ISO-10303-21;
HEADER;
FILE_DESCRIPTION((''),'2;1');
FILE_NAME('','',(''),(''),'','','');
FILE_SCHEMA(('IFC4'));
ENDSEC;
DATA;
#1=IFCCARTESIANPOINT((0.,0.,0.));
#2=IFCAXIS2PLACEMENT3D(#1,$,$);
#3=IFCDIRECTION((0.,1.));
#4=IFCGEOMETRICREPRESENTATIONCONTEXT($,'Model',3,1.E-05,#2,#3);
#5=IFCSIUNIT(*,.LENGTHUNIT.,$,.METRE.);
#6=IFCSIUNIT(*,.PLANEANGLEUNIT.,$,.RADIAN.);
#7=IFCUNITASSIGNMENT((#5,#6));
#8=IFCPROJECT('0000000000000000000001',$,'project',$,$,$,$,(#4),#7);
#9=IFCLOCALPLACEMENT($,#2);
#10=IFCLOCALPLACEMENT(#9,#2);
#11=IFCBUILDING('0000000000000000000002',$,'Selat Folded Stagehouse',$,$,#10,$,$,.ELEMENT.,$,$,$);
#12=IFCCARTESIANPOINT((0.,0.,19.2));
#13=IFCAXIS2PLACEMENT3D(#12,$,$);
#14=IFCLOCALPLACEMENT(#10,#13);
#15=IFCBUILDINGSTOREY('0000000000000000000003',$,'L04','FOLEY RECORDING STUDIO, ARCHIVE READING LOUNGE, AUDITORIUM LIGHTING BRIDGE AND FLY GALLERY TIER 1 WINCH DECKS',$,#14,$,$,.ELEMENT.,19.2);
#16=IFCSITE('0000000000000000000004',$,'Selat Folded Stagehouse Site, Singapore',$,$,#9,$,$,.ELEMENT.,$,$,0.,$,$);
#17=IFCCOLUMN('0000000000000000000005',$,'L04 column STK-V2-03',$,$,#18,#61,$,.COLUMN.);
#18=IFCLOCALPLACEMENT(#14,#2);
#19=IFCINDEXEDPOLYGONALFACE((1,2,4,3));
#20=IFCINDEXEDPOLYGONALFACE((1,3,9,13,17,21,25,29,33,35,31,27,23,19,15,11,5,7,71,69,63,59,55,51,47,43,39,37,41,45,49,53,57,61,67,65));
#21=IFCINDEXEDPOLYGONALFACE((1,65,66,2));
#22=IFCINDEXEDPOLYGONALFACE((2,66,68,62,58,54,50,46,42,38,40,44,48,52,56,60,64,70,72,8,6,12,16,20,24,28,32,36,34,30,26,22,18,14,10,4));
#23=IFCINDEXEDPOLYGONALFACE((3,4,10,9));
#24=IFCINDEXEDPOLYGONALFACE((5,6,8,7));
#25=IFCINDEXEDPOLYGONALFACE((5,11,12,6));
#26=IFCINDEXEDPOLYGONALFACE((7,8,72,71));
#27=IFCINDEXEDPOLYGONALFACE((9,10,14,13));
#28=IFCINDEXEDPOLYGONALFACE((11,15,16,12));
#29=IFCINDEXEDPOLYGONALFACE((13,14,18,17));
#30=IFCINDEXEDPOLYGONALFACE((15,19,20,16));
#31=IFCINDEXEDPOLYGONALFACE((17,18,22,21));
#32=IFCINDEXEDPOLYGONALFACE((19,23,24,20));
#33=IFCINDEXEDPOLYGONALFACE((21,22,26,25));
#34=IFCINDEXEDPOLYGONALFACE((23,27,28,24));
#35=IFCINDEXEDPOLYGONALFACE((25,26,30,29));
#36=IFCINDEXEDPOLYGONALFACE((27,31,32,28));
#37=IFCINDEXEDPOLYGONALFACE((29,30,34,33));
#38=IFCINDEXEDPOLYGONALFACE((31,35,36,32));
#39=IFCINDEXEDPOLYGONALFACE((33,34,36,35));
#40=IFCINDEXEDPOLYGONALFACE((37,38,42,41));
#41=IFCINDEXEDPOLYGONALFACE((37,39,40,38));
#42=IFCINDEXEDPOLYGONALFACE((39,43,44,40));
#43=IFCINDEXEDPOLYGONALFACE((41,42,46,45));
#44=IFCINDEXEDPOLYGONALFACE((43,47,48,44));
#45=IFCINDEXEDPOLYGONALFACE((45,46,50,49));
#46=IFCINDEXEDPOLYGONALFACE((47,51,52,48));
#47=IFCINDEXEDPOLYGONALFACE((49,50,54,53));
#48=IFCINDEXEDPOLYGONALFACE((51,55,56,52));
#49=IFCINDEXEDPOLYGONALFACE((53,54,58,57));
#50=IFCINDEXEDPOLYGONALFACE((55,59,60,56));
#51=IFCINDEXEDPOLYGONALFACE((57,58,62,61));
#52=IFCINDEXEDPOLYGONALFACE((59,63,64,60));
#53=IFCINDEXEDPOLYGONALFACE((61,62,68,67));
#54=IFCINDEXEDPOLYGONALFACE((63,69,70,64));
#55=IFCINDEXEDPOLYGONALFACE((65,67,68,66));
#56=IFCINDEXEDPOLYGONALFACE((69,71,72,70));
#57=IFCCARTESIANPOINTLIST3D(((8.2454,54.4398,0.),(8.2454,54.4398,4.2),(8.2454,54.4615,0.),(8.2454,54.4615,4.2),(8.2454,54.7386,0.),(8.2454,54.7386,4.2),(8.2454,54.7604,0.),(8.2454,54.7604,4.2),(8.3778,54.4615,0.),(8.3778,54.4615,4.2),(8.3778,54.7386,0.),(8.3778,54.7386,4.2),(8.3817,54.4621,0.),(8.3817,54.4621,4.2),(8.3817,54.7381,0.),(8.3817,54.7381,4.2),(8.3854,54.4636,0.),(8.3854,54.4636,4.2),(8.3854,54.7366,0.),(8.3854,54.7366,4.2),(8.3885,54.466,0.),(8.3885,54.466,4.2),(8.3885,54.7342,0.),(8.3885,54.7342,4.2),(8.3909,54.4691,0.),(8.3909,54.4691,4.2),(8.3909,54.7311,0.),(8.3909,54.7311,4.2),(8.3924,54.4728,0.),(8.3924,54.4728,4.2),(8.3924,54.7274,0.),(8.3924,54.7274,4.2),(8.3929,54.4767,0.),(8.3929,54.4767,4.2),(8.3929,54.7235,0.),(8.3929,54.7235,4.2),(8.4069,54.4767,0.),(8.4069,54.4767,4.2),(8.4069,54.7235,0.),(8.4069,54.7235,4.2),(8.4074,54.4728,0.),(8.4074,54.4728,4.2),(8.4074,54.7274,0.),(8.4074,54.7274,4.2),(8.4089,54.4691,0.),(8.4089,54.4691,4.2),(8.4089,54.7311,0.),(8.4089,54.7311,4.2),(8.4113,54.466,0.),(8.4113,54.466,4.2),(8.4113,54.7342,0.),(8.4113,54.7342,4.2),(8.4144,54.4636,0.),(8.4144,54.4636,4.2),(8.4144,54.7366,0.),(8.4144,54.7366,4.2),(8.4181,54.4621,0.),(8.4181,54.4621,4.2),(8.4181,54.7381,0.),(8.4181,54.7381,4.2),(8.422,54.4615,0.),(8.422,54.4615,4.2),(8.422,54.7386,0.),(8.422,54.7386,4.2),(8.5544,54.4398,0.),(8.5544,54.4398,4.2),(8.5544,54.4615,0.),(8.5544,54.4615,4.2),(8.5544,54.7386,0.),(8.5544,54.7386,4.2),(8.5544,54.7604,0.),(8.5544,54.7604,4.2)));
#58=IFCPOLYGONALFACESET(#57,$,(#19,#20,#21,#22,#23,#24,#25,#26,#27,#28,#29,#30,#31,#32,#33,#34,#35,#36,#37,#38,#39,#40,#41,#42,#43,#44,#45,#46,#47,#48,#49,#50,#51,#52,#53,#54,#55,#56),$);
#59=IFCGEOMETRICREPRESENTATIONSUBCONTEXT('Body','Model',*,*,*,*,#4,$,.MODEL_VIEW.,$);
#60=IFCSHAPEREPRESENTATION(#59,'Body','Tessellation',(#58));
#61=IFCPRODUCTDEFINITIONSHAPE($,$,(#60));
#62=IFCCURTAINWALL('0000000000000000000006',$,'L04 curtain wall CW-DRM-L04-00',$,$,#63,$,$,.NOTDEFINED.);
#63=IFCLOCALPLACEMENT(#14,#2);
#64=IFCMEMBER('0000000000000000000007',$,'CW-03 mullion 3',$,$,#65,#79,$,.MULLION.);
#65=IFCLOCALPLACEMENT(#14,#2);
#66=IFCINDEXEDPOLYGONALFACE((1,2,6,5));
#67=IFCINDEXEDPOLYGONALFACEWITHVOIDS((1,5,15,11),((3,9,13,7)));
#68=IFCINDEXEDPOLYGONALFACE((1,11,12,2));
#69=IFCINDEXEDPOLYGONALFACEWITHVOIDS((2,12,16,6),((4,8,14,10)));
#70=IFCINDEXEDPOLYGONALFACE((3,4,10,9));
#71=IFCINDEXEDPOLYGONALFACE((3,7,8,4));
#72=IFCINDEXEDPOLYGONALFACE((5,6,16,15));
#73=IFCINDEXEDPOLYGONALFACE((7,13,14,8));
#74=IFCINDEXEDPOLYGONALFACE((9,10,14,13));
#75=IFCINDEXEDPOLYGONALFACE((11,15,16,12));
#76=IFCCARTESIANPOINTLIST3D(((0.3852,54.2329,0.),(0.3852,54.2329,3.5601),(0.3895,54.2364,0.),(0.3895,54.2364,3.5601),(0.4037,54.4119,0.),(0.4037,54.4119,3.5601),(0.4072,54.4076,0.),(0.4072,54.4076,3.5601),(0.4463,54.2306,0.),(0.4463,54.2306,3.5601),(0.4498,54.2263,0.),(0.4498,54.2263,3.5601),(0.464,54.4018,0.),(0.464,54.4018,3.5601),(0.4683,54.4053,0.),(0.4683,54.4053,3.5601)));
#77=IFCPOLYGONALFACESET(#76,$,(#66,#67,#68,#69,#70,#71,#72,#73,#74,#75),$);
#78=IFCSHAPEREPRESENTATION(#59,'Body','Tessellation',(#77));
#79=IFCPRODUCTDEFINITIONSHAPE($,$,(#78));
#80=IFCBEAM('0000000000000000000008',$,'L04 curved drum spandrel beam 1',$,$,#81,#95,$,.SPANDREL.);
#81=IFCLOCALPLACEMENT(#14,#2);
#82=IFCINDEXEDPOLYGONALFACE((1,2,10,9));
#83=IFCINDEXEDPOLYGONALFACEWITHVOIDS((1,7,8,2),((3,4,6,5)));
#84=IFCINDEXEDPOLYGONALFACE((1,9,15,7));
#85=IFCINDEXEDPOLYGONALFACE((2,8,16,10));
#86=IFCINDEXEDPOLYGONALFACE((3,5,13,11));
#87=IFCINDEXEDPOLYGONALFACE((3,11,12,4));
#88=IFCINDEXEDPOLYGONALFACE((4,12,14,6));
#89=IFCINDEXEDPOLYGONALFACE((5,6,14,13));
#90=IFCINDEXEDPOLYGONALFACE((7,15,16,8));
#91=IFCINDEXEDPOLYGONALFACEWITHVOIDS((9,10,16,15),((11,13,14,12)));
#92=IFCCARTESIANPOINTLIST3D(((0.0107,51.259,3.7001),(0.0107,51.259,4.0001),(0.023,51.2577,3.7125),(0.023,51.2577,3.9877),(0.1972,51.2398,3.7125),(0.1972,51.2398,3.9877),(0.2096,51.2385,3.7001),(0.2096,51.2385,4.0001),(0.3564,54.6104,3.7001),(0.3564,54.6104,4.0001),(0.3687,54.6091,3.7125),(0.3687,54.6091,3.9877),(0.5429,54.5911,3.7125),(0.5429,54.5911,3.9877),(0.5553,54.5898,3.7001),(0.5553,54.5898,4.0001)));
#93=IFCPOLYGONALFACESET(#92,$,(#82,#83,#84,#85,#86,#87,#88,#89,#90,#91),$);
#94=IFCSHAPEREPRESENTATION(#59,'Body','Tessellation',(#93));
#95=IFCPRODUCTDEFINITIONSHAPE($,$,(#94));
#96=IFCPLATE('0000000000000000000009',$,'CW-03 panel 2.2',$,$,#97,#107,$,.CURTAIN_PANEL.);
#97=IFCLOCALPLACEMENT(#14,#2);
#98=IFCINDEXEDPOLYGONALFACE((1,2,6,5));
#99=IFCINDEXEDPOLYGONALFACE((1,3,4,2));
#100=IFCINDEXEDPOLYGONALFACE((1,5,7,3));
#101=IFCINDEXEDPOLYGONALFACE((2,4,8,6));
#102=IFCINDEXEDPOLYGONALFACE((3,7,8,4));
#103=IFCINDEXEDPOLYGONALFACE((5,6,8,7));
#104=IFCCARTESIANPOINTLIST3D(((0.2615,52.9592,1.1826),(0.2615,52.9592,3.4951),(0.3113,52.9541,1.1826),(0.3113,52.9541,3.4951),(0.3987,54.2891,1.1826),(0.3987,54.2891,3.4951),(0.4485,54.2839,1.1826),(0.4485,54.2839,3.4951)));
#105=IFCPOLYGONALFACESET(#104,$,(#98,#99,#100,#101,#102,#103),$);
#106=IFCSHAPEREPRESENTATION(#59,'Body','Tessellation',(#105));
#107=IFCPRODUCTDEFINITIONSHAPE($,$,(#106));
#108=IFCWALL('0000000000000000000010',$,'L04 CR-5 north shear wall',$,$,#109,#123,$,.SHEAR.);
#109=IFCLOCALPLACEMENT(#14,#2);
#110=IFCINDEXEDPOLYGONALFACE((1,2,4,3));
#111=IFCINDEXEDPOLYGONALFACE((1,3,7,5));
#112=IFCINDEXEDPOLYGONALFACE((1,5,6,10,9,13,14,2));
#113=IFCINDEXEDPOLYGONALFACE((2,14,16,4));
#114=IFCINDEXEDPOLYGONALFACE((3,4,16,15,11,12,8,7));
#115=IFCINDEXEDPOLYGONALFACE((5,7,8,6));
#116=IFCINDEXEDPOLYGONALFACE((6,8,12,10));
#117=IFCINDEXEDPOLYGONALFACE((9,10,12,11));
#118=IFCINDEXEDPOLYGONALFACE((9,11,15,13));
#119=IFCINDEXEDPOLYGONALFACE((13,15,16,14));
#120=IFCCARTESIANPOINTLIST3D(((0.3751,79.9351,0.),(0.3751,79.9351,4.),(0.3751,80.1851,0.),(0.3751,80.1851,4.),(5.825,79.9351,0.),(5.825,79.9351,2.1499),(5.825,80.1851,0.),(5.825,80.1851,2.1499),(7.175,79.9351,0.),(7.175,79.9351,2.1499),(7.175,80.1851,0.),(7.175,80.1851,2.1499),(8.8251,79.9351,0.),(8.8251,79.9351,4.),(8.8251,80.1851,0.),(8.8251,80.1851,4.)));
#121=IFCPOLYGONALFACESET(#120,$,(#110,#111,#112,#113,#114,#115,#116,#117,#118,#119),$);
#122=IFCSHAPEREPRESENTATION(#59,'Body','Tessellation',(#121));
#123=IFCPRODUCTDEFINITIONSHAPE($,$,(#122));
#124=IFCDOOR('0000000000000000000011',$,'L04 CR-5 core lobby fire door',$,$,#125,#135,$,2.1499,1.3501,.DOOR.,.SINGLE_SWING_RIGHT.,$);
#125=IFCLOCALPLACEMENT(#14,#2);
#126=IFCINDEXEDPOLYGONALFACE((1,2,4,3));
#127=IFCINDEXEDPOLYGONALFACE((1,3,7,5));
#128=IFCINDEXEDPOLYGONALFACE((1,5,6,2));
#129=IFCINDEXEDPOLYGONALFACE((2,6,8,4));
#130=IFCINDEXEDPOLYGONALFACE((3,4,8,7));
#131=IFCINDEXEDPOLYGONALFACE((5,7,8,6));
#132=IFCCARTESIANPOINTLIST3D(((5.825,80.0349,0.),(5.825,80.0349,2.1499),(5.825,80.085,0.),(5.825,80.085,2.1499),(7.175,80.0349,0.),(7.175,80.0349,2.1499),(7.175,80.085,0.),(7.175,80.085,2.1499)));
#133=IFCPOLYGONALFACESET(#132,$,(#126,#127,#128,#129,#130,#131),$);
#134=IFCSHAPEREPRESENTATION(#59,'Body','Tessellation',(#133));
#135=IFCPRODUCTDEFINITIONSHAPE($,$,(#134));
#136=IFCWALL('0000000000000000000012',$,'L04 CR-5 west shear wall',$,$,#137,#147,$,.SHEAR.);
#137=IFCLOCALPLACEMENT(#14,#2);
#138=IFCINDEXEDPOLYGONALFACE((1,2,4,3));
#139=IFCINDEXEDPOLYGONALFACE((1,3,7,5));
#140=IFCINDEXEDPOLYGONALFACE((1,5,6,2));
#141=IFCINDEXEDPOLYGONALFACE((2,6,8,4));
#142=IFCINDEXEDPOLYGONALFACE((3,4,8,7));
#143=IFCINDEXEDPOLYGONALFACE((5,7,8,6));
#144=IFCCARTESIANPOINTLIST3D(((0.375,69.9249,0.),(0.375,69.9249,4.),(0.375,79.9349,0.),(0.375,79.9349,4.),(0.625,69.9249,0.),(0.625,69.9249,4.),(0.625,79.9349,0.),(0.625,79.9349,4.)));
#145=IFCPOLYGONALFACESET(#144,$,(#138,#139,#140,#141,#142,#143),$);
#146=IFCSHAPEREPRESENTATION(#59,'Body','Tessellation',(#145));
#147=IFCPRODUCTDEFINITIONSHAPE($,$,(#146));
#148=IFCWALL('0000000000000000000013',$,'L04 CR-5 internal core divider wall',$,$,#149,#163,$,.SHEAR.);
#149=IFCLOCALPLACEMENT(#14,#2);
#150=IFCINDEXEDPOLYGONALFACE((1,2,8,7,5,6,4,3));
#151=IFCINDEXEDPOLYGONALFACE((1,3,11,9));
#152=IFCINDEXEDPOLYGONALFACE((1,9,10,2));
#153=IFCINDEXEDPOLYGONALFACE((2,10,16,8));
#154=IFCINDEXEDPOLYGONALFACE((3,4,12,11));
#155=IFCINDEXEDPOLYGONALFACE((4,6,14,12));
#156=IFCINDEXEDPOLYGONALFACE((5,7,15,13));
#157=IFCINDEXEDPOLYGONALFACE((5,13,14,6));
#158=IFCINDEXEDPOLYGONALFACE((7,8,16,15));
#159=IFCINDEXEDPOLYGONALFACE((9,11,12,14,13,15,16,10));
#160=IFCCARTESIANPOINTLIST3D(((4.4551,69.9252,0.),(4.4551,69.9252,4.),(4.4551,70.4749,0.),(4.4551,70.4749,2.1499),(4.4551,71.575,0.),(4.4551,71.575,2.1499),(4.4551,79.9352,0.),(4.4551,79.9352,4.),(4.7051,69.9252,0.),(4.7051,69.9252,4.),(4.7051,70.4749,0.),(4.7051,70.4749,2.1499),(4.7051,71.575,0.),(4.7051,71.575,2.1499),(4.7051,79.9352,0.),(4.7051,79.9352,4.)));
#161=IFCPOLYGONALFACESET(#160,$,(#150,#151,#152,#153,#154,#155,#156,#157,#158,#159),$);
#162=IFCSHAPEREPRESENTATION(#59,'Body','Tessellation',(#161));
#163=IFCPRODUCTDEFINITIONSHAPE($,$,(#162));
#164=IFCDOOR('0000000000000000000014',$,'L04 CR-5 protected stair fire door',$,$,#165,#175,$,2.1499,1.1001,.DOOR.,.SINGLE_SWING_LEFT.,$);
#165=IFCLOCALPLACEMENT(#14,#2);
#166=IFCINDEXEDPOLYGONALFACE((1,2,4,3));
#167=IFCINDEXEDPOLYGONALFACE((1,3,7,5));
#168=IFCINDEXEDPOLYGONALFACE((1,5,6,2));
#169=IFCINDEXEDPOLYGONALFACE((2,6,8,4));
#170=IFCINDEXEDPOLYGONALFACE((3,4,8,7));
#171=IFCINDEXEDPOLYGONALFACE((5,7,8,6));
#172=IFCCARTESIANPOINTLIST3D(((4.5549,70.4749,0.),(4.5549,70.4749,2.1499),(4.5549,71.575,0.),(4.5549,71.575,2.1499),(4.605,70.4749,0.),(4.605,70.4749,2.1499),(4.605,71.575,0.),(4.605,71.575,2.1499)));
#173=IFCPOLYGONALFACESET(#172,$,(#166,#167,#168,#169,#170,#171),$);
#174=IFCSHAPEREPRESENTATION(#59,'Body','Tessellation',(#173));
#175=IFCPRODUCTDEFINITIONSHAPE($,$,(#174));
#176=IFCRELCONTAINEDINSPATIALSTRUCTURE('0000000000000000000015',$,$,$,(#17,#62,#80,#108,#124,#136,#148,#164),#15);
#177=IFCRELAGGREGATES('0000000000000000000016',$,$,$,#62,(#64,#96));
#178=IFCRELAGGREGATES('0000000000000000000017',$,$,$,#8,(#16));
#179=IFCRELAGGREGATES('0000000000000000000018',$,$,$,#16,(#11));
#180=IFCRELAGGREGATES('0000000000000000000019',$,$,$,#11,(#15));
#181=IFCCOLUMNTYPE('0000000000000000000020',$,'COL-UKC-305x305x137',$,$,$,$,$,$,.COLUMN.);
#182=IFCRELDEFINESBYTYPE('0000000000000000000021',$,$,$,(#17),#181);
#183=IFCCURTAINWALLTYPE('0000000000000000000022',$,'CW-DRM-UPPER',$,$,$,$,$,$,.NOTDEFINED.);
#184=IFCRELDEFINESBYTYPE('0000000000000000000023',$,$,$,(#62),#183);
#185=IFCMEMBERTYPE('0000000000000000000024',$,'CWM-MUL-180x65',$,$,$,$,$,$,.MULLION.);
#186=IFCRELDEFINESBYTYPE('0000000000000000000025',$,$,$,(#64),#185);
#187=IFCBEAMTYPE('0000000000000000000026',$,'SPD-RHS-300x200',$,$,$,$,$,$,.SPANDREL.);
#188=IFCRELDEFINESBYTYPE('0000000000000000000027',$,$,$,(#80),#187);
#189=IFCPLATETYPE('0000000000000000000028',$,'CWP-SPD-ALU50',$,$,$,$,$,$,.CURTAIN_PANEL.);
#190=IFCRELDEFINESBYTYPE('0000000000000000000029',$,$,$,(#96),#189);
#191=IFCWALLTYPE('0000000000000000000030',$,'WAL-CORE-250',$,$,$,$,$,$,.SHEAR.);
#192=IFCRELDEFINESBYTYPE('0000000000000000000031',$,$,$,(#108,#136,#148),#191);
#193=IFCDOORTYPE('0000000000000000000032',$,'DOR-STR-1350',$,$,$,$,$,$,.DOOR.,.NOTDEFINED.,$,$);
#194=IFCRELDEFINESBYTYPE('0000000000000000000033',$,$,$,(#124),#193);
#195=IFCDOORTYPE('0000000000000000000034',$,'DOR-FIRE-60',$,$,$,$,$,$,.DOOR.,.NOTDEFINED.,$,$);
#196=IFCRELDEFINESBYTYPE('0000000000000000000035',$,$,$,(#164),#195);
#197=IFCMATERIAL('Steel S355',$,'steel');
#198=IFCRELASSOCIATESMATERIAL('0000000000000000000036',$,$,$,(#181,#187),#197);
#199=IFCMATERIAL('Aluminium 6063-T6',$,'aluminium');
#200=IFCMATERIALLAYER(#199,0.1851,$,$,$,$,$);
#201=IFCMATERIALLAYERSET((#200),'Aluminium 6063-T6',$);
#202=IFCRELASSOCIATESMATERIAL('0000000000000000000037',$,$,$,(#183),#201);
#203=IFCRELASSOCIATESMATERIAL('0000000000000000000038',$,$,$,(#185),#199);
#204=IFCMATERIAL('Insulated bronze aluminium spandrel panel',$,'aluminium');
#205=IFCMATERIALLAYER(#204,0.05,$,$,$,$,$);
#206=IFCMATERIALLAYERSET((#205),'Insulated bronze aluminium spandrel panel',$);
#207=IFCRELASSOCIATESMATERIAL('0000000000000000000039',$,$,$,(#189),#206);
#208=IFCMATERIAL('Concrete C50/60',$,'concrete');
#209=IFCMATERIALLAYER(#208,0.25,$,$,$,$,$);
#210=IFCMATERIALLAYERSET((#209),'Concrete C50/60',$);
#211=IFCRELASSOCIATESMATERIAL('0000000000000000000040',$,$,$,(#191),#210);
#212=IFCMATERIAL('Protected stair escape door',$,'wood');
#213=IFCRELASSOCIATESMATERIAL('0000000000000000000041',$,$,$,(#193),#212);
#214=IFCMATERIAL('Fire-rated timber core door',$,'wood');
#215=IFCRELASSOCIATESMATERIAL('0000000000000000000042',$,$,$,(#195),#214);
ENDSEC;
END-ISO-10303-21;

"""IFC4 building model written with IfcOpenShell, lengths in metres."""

from ifc_helpers import new_model, si_unit, direction, frame, frame_2d, origin, origin_2d, place, context, subcontext, project, spatial, rectangle, hollow_rectangle, i_section, extrude, material, layer, layer_set, material_profile, profile_set, type_object, element, fill, aggregate, save


model = new_model("IFC4")

# Units and contexts
model_context = context("Model", 3, precision=1e-05, world=origin(), true_north=direction((0.0, 1.0)))
body_context = subcontext(model_context, "Body", "Model", "MODEL_VIEW")
ifc_project = project(units=[si_unit("LENGTHUNIT", "METRE"), si_unit("PLANEANGLEUNIT", "RADIAN")], contexts=[model_context])

# Site, building, storey
site_placement = place(None, origin())
site = spatial("IfcSite", under=ifc_project, at=site_placement, Name="Selat Folded Stagehouse Site, Singapore", CompositionType="ELEMENT", RefElevation=0.0)
building_placement = place(site_placement, origin())
building = spatial("IfcBuilding", under=site, at=building_placement, Name="Selat Folded Stagehouse", CompositionType="ELEMENT")
storey_placement = place(building_placement, frame((0.0, 0.0, 19.2)))
storey = spatial("IfcBuildingStorey", under=building, at=storey_placement, Name="L04", Description="FOLEY RECORDING STUDIO, ARCHIVE READING LOUNGE, AUDITORIUM LIGHTING BRIDGE AND FLY GALLERY TIER 1 WINCH DECKS", CompositionType="ELEMENT", Elevation=19.2)

# Column
ifc_material_1 = material(Name="Steel S355", Category="steel")
ifc_material_profile_1 = material_profile(ifc_material_1, i_section(OverallWidth=0.3091, OverallDepth=0.3206, WebThickness=0.0139, FlangeThickness=0.0217, FilletRadius=0.0151, at=origin_2d()), Name="UKC 305x305x137")
ifc_profile_set_1 = profile_set([ifc_material_profile_1], Name="Steel S355")
column_type_1 = type_object("IfcColumnType", Name="COL-UKC-305x305x137", PredefinedType="COLUMN", material=ifc_profile_set_1)
column_1_placement = place(storey_placement, frame((8.3999, 54.6001, 0.0), z_axis=(0.0, 0.0, 1.0), x_axis=(1.0, 0.0, 0.0)))
element("IfcColumn", 1, at=column_1_placement, inside=storey, type_object=column_type_1, Name="L04 column STK-V2-03", PredefinedType="COLUMN", context=body_context, shape_type="SweptSolid", body=[
    extrude(i_section(OverallWidth=0.3091, OverallDepth=0.3206, WebThickness=0.0139, FlangeThickness=0.0217, FilletRadius=0.0151, at=origin_2d()), origin(), (0.0, 0.0, 1.0), 4.2),
])

# Curtain wall, member
ifc_material_2 = material(Name="Aluminium 6063-T6", Category="aluminium")
ifc_layer_1 = layer(ifc_material_2, 0.1851)
ifc_layer_set_1 = layer_set([ifc_layer_1], Name="Aluminium 6063-T6")
curtain_wall_type = type_object("IfcCurtainWallType", Name="CW-DRM-UPPER", PredefinedType="NOTDEFINED", material=ifc_layer_set_1)
curtain_wall_placement = place(storey_placement, origin())
curtain_wall = element("IfcCurtainWall", 2, at=curtain_wall_placement, inside=storey, type_object=curtain_wall_type, Name="L04 curtain wall CW-DRM-L04-00", PredefinedType="NOTDEFINED")
ifc_material_profile_2 = material_profile(ifc_material_2, hollow_rectangle(XDim=0.0649, YDim=0.1799, WallThickness=0.0039, at=origin_2d()), Name="ALU 180x65x4.0")
ifc_profile_set_2 = profile_set([ifc_material_profile_2], Name="Aluminium 6063-T6")
member_type = type_object("IfcMemberType", Name="CWM-MUL-180x65", PredefinedType="MULLION", material=ifc_profile_set_2)
member_placement = place(storey_placement, frame((0.4268, 54.3191, 0.0), z_axis=(0.0, 0.0, 1.0), x_axis=(-0.994721, 0.102616, 0.0)))
member = element("IfcMember", 3, at=member_placement, type_object=member_type, Name="CW-03 mullion 3", PredefinedType="MULLION", context=body_context, shape_type="SweptSolid", body=[
    extrude(hollow_rectangle(XDim=0.0649, YDim=0.1799, WallThickness=0.0039, at=origin_2d()), origin(), (0.0, 0.0, 1.0), 3.5601),
])

# Beam
ifc_material_profile_3 = material_profile(ifc_material_1, hollow_rectangle(XDim=0.2, YDim=0.3, WallThickness=0.0125, at=origin_2d()), Name="RHS 300x200x12.5")
ifc_profile_set_3 = profile_set([ifc_material_profile_3], Name="Steel S355")
beam_type = type_object("IfcBeamType", Name="SPD-RHS-300x200", PredefinedType="SPANDREL", material=ifc_profile_set_3)
beam_placement = place(storey_placement, frame((0.4558, 54.6001, 3.8501), z_axis=(-0.10261, -0.994722, 0.0), x_axis=(0.994722, -0.10261, 0.0)))
element("IfcBeam", 4, at=beam_placement, inside=storey, type_object=beam_type, Name="L04 curved drum spandrel beam 1", PredefinedType="SPANDREL", context=body_context, shape_type="SweptSolid", body=[
    extrude(hollow_rectangle(XDim=0.2, YDim=0.3, WallThickness=0.0125, at=origin_2d()), origin(), (0.0, 0.0, 1.0), 3.3691),
])

# Plate
ifc_material_3 = material(Name="Insulated bronze aluminium spandrel panel", Category="aluminium")
ifc_layer_2 = layer(ifc_material_3, 0.05)
ifc_layer_set_2 = layer_set([ifc_layer_2], Name="Insulated bronze aluminium spandrel panel")
plate_type = type_object("IfcPlateType", Name="CWP-SPD-ALU50", PredefinedType="CURTAIN_PANEL", material=ifc_layer_set_2)
plate_placement = place(storey_placement, frame((0.355, 53.6216, 1.1826), z_axis=(0.0, 0.0, 1.0), x_axis=(0.102616, 0.994721, 0.0)))
plate = element("IfcPlate", 5, at=plate_placement, type_object=plate_type, Name="CW-03 panel 2.2", PredefinedType="CURTAIN_PANEL", context=body_context, shape_type="SweptSolid", body=[
    extrude(rectangle(XDim=1.3369, YDim=0.05, at=origin_2d()), origin(), (0.0, 0.0, 1.0), 2.3125),
])
aggregate(curtain_wall, [member, plate])

# Wall, opening, door
ifc_material_4 = material(Name="Concrete C50/60", Category="concrete")
ifc_layer_3 = layer(ifc_material_4, 0.25)
ifc_layer_set_3 = layer_set([ifc_layer_3], Name="Concrete C50/60")
wall_type_1 = type_object("IfcWallType", Name="WAL-CORE-250", PredefinedType="SHEAR", material=ifc_layer_set_3)
wall_1_placement = place(storey_placement, frame((0.375, 80.0601, 0.0), z_axis=(0.0, 0.0, 1.0), x_axis=(1.0, 0.0, 0.0)))
wall_1 = element("IfcWall", 6, at=wall_1_placement, inside=storey, type_object=wall_type_1, Name="L04 CR-5 north shear wall", PredefinedType="SHEAR", context=body_context, shape_type="SweptSolid", body=[
    extrude(rectangle(XDim=8.45, YDim=0.25, at=frame_2d((4.2251, 0.0))), origin(), (0.0, 0.0, 1.0), 4.0),
])
opening_1_placement = place(wall_1_placement, frame((5.45, 0.0, 0.0)))
opening_1 = element("IfcOpeningElement", 7, at=opening_1_placement, cuts=wall_1, PredefinedType="OPENING", context=body_context, shape_type="SweptSolid", body=[
    extrude(rectangle(XDim=1.3501, YDim=2.1499, at=frame_2d((0.675, 1.075))), frame((0.0, 0.135, 0.0), z_axis=(0.0, -1.0, 0.0), x_axis=(1.0, 0.0, 0.0)), (0.0, 0.0, 1.0), 0.27),
])
ifc_material_5 = material(Name="Protected stair escape door", Category="wood")
door_type_1 = type_object("IfcDoorType", Name="DOR-STR-1350", OperationType="NOTDEFINED", PredefinedType="DOOR", material=ifc_material_5)
door_1_placement = place(opening_1_placement, origin())
door_1 = element("IfcDoor", 8, at=door_1_placement, inside=storey, type_object=door_type_1, Name="L04 CR-5 core lobby fire door", OperationType="SINGLE_SWING_RIGHT", OverallHeight=2.1499, OverallWidth=1.3501, PredefinedType="DOOR", context=body_context, shape_type="SweptSolid", body=[
    extrude(rectangle(XDim=1.3501, YDim=2.1499, at=frame_2d((0.675, 1.075))), frame((0.0, 0.0249, 0.0), z_axis=(0.0, -1.0, 0.0), x_axis=(1.0, 0.0, 0.0)), (0.0, 0.0, 1.0), 0.05),
])
fill(opening_1, door_1)

# Wall
wall_2_placement = place(storey_placement, frame((0.5, 69.925, 0.0), z_axis=(0.0, 0.0, 1.0), x_axis=(0.0, 1.0, 0.0)))
element("IfcWall", 9, at=wall_2_placement, inside=storey, type_object=wall_type_1, Name="L04 CR-5 west shear wall", PredefinedType="SHEAR", context=body_context, shape_type="SweptSolid", body=[
    extrude(rectangle(XDim=10.01, YDim=0.25, at=frame_2d((5.0049, 0.0))), origin(), (0.0, 0.0, 1.0), 4.0),
])

# Wall, opening, door
wall_3_placement = place(storey_placement, frame((4.5801, 79.9351, 0.0), z_axis=(0.0, 0.0, 1.0), x_axis=(0.0, -1.0, 0.0)))
wall_3 = element("IfcWall", 10, at=wall_3_placement, inside=storey, type_object=wall_type_1, Name="L04 CR-5 internal core divider wall", PredefinedType="SHEAR", context=body_context, shape_type="SweptSolid", body=[
    extrude(rectangle(XDim=10.01, YDim=0.25, at=frame_2d((5.0049, 0.0))), origin(), (0.0, 0.0, 1.0), 4.0),
])
opening_2_placement = place(wall_3_placement, frame((8.3601, 0.0, 0.0)))
opening_2 = element("IfcOpeningElement", 11, at=opening_2_placement, cuts=wall_3, PredefinedType="OPENING", context=body_context, shape_type="SweptSolid", body=[
    extrude(rectangle(XDim=1.1001, YDim=2.1499, at=frame_2d((0.55, 1.075))), frame((0.0, 0.135, 0.0), z_axis=(0.0, -1.0, 0.0), x_axis=(1.0, 0.0, 0.0)), (0.0, 0.0, 1.0), 0.27),
])
ifc_material_6 = material(Name="Fire-rated timber core door", Category="wood")
door_type_2 = type_object("IfcDoorType", Name="DOR-FIRE-60", OperationType="NOTDEFINED", PredefinedType="DOOR", material=ifc_material_6)
door_2_placement = place(opening_2_placement, origin())
door_2 = element("IfcDoor", 12, at=door_2_placement, inside=storey, type_object=door_type_2, Name="L04 CR-5 protected stair fire door", OperationType="SINGLE_SWING_LEFT", OverallHeight=2.1499, OverallWidth=1.1001, PredefinedType="DOOR", context=body_context, shape_type="SweptSolid", body=[
    extrude(rectangle(XDim=1.1001, YDim=2.1499, at=frame_2d((0.55, 1.075))), frame((0.0, 0.0249, 0.0), z_axis=(0.0, -1.0, 0.0), x_axis=(1.0, 0.0, 0.0)), (0.0, 0.0, 1.0), 0.05),
])
fill(opening_2, door_2)

save(model, "model.ifc")
